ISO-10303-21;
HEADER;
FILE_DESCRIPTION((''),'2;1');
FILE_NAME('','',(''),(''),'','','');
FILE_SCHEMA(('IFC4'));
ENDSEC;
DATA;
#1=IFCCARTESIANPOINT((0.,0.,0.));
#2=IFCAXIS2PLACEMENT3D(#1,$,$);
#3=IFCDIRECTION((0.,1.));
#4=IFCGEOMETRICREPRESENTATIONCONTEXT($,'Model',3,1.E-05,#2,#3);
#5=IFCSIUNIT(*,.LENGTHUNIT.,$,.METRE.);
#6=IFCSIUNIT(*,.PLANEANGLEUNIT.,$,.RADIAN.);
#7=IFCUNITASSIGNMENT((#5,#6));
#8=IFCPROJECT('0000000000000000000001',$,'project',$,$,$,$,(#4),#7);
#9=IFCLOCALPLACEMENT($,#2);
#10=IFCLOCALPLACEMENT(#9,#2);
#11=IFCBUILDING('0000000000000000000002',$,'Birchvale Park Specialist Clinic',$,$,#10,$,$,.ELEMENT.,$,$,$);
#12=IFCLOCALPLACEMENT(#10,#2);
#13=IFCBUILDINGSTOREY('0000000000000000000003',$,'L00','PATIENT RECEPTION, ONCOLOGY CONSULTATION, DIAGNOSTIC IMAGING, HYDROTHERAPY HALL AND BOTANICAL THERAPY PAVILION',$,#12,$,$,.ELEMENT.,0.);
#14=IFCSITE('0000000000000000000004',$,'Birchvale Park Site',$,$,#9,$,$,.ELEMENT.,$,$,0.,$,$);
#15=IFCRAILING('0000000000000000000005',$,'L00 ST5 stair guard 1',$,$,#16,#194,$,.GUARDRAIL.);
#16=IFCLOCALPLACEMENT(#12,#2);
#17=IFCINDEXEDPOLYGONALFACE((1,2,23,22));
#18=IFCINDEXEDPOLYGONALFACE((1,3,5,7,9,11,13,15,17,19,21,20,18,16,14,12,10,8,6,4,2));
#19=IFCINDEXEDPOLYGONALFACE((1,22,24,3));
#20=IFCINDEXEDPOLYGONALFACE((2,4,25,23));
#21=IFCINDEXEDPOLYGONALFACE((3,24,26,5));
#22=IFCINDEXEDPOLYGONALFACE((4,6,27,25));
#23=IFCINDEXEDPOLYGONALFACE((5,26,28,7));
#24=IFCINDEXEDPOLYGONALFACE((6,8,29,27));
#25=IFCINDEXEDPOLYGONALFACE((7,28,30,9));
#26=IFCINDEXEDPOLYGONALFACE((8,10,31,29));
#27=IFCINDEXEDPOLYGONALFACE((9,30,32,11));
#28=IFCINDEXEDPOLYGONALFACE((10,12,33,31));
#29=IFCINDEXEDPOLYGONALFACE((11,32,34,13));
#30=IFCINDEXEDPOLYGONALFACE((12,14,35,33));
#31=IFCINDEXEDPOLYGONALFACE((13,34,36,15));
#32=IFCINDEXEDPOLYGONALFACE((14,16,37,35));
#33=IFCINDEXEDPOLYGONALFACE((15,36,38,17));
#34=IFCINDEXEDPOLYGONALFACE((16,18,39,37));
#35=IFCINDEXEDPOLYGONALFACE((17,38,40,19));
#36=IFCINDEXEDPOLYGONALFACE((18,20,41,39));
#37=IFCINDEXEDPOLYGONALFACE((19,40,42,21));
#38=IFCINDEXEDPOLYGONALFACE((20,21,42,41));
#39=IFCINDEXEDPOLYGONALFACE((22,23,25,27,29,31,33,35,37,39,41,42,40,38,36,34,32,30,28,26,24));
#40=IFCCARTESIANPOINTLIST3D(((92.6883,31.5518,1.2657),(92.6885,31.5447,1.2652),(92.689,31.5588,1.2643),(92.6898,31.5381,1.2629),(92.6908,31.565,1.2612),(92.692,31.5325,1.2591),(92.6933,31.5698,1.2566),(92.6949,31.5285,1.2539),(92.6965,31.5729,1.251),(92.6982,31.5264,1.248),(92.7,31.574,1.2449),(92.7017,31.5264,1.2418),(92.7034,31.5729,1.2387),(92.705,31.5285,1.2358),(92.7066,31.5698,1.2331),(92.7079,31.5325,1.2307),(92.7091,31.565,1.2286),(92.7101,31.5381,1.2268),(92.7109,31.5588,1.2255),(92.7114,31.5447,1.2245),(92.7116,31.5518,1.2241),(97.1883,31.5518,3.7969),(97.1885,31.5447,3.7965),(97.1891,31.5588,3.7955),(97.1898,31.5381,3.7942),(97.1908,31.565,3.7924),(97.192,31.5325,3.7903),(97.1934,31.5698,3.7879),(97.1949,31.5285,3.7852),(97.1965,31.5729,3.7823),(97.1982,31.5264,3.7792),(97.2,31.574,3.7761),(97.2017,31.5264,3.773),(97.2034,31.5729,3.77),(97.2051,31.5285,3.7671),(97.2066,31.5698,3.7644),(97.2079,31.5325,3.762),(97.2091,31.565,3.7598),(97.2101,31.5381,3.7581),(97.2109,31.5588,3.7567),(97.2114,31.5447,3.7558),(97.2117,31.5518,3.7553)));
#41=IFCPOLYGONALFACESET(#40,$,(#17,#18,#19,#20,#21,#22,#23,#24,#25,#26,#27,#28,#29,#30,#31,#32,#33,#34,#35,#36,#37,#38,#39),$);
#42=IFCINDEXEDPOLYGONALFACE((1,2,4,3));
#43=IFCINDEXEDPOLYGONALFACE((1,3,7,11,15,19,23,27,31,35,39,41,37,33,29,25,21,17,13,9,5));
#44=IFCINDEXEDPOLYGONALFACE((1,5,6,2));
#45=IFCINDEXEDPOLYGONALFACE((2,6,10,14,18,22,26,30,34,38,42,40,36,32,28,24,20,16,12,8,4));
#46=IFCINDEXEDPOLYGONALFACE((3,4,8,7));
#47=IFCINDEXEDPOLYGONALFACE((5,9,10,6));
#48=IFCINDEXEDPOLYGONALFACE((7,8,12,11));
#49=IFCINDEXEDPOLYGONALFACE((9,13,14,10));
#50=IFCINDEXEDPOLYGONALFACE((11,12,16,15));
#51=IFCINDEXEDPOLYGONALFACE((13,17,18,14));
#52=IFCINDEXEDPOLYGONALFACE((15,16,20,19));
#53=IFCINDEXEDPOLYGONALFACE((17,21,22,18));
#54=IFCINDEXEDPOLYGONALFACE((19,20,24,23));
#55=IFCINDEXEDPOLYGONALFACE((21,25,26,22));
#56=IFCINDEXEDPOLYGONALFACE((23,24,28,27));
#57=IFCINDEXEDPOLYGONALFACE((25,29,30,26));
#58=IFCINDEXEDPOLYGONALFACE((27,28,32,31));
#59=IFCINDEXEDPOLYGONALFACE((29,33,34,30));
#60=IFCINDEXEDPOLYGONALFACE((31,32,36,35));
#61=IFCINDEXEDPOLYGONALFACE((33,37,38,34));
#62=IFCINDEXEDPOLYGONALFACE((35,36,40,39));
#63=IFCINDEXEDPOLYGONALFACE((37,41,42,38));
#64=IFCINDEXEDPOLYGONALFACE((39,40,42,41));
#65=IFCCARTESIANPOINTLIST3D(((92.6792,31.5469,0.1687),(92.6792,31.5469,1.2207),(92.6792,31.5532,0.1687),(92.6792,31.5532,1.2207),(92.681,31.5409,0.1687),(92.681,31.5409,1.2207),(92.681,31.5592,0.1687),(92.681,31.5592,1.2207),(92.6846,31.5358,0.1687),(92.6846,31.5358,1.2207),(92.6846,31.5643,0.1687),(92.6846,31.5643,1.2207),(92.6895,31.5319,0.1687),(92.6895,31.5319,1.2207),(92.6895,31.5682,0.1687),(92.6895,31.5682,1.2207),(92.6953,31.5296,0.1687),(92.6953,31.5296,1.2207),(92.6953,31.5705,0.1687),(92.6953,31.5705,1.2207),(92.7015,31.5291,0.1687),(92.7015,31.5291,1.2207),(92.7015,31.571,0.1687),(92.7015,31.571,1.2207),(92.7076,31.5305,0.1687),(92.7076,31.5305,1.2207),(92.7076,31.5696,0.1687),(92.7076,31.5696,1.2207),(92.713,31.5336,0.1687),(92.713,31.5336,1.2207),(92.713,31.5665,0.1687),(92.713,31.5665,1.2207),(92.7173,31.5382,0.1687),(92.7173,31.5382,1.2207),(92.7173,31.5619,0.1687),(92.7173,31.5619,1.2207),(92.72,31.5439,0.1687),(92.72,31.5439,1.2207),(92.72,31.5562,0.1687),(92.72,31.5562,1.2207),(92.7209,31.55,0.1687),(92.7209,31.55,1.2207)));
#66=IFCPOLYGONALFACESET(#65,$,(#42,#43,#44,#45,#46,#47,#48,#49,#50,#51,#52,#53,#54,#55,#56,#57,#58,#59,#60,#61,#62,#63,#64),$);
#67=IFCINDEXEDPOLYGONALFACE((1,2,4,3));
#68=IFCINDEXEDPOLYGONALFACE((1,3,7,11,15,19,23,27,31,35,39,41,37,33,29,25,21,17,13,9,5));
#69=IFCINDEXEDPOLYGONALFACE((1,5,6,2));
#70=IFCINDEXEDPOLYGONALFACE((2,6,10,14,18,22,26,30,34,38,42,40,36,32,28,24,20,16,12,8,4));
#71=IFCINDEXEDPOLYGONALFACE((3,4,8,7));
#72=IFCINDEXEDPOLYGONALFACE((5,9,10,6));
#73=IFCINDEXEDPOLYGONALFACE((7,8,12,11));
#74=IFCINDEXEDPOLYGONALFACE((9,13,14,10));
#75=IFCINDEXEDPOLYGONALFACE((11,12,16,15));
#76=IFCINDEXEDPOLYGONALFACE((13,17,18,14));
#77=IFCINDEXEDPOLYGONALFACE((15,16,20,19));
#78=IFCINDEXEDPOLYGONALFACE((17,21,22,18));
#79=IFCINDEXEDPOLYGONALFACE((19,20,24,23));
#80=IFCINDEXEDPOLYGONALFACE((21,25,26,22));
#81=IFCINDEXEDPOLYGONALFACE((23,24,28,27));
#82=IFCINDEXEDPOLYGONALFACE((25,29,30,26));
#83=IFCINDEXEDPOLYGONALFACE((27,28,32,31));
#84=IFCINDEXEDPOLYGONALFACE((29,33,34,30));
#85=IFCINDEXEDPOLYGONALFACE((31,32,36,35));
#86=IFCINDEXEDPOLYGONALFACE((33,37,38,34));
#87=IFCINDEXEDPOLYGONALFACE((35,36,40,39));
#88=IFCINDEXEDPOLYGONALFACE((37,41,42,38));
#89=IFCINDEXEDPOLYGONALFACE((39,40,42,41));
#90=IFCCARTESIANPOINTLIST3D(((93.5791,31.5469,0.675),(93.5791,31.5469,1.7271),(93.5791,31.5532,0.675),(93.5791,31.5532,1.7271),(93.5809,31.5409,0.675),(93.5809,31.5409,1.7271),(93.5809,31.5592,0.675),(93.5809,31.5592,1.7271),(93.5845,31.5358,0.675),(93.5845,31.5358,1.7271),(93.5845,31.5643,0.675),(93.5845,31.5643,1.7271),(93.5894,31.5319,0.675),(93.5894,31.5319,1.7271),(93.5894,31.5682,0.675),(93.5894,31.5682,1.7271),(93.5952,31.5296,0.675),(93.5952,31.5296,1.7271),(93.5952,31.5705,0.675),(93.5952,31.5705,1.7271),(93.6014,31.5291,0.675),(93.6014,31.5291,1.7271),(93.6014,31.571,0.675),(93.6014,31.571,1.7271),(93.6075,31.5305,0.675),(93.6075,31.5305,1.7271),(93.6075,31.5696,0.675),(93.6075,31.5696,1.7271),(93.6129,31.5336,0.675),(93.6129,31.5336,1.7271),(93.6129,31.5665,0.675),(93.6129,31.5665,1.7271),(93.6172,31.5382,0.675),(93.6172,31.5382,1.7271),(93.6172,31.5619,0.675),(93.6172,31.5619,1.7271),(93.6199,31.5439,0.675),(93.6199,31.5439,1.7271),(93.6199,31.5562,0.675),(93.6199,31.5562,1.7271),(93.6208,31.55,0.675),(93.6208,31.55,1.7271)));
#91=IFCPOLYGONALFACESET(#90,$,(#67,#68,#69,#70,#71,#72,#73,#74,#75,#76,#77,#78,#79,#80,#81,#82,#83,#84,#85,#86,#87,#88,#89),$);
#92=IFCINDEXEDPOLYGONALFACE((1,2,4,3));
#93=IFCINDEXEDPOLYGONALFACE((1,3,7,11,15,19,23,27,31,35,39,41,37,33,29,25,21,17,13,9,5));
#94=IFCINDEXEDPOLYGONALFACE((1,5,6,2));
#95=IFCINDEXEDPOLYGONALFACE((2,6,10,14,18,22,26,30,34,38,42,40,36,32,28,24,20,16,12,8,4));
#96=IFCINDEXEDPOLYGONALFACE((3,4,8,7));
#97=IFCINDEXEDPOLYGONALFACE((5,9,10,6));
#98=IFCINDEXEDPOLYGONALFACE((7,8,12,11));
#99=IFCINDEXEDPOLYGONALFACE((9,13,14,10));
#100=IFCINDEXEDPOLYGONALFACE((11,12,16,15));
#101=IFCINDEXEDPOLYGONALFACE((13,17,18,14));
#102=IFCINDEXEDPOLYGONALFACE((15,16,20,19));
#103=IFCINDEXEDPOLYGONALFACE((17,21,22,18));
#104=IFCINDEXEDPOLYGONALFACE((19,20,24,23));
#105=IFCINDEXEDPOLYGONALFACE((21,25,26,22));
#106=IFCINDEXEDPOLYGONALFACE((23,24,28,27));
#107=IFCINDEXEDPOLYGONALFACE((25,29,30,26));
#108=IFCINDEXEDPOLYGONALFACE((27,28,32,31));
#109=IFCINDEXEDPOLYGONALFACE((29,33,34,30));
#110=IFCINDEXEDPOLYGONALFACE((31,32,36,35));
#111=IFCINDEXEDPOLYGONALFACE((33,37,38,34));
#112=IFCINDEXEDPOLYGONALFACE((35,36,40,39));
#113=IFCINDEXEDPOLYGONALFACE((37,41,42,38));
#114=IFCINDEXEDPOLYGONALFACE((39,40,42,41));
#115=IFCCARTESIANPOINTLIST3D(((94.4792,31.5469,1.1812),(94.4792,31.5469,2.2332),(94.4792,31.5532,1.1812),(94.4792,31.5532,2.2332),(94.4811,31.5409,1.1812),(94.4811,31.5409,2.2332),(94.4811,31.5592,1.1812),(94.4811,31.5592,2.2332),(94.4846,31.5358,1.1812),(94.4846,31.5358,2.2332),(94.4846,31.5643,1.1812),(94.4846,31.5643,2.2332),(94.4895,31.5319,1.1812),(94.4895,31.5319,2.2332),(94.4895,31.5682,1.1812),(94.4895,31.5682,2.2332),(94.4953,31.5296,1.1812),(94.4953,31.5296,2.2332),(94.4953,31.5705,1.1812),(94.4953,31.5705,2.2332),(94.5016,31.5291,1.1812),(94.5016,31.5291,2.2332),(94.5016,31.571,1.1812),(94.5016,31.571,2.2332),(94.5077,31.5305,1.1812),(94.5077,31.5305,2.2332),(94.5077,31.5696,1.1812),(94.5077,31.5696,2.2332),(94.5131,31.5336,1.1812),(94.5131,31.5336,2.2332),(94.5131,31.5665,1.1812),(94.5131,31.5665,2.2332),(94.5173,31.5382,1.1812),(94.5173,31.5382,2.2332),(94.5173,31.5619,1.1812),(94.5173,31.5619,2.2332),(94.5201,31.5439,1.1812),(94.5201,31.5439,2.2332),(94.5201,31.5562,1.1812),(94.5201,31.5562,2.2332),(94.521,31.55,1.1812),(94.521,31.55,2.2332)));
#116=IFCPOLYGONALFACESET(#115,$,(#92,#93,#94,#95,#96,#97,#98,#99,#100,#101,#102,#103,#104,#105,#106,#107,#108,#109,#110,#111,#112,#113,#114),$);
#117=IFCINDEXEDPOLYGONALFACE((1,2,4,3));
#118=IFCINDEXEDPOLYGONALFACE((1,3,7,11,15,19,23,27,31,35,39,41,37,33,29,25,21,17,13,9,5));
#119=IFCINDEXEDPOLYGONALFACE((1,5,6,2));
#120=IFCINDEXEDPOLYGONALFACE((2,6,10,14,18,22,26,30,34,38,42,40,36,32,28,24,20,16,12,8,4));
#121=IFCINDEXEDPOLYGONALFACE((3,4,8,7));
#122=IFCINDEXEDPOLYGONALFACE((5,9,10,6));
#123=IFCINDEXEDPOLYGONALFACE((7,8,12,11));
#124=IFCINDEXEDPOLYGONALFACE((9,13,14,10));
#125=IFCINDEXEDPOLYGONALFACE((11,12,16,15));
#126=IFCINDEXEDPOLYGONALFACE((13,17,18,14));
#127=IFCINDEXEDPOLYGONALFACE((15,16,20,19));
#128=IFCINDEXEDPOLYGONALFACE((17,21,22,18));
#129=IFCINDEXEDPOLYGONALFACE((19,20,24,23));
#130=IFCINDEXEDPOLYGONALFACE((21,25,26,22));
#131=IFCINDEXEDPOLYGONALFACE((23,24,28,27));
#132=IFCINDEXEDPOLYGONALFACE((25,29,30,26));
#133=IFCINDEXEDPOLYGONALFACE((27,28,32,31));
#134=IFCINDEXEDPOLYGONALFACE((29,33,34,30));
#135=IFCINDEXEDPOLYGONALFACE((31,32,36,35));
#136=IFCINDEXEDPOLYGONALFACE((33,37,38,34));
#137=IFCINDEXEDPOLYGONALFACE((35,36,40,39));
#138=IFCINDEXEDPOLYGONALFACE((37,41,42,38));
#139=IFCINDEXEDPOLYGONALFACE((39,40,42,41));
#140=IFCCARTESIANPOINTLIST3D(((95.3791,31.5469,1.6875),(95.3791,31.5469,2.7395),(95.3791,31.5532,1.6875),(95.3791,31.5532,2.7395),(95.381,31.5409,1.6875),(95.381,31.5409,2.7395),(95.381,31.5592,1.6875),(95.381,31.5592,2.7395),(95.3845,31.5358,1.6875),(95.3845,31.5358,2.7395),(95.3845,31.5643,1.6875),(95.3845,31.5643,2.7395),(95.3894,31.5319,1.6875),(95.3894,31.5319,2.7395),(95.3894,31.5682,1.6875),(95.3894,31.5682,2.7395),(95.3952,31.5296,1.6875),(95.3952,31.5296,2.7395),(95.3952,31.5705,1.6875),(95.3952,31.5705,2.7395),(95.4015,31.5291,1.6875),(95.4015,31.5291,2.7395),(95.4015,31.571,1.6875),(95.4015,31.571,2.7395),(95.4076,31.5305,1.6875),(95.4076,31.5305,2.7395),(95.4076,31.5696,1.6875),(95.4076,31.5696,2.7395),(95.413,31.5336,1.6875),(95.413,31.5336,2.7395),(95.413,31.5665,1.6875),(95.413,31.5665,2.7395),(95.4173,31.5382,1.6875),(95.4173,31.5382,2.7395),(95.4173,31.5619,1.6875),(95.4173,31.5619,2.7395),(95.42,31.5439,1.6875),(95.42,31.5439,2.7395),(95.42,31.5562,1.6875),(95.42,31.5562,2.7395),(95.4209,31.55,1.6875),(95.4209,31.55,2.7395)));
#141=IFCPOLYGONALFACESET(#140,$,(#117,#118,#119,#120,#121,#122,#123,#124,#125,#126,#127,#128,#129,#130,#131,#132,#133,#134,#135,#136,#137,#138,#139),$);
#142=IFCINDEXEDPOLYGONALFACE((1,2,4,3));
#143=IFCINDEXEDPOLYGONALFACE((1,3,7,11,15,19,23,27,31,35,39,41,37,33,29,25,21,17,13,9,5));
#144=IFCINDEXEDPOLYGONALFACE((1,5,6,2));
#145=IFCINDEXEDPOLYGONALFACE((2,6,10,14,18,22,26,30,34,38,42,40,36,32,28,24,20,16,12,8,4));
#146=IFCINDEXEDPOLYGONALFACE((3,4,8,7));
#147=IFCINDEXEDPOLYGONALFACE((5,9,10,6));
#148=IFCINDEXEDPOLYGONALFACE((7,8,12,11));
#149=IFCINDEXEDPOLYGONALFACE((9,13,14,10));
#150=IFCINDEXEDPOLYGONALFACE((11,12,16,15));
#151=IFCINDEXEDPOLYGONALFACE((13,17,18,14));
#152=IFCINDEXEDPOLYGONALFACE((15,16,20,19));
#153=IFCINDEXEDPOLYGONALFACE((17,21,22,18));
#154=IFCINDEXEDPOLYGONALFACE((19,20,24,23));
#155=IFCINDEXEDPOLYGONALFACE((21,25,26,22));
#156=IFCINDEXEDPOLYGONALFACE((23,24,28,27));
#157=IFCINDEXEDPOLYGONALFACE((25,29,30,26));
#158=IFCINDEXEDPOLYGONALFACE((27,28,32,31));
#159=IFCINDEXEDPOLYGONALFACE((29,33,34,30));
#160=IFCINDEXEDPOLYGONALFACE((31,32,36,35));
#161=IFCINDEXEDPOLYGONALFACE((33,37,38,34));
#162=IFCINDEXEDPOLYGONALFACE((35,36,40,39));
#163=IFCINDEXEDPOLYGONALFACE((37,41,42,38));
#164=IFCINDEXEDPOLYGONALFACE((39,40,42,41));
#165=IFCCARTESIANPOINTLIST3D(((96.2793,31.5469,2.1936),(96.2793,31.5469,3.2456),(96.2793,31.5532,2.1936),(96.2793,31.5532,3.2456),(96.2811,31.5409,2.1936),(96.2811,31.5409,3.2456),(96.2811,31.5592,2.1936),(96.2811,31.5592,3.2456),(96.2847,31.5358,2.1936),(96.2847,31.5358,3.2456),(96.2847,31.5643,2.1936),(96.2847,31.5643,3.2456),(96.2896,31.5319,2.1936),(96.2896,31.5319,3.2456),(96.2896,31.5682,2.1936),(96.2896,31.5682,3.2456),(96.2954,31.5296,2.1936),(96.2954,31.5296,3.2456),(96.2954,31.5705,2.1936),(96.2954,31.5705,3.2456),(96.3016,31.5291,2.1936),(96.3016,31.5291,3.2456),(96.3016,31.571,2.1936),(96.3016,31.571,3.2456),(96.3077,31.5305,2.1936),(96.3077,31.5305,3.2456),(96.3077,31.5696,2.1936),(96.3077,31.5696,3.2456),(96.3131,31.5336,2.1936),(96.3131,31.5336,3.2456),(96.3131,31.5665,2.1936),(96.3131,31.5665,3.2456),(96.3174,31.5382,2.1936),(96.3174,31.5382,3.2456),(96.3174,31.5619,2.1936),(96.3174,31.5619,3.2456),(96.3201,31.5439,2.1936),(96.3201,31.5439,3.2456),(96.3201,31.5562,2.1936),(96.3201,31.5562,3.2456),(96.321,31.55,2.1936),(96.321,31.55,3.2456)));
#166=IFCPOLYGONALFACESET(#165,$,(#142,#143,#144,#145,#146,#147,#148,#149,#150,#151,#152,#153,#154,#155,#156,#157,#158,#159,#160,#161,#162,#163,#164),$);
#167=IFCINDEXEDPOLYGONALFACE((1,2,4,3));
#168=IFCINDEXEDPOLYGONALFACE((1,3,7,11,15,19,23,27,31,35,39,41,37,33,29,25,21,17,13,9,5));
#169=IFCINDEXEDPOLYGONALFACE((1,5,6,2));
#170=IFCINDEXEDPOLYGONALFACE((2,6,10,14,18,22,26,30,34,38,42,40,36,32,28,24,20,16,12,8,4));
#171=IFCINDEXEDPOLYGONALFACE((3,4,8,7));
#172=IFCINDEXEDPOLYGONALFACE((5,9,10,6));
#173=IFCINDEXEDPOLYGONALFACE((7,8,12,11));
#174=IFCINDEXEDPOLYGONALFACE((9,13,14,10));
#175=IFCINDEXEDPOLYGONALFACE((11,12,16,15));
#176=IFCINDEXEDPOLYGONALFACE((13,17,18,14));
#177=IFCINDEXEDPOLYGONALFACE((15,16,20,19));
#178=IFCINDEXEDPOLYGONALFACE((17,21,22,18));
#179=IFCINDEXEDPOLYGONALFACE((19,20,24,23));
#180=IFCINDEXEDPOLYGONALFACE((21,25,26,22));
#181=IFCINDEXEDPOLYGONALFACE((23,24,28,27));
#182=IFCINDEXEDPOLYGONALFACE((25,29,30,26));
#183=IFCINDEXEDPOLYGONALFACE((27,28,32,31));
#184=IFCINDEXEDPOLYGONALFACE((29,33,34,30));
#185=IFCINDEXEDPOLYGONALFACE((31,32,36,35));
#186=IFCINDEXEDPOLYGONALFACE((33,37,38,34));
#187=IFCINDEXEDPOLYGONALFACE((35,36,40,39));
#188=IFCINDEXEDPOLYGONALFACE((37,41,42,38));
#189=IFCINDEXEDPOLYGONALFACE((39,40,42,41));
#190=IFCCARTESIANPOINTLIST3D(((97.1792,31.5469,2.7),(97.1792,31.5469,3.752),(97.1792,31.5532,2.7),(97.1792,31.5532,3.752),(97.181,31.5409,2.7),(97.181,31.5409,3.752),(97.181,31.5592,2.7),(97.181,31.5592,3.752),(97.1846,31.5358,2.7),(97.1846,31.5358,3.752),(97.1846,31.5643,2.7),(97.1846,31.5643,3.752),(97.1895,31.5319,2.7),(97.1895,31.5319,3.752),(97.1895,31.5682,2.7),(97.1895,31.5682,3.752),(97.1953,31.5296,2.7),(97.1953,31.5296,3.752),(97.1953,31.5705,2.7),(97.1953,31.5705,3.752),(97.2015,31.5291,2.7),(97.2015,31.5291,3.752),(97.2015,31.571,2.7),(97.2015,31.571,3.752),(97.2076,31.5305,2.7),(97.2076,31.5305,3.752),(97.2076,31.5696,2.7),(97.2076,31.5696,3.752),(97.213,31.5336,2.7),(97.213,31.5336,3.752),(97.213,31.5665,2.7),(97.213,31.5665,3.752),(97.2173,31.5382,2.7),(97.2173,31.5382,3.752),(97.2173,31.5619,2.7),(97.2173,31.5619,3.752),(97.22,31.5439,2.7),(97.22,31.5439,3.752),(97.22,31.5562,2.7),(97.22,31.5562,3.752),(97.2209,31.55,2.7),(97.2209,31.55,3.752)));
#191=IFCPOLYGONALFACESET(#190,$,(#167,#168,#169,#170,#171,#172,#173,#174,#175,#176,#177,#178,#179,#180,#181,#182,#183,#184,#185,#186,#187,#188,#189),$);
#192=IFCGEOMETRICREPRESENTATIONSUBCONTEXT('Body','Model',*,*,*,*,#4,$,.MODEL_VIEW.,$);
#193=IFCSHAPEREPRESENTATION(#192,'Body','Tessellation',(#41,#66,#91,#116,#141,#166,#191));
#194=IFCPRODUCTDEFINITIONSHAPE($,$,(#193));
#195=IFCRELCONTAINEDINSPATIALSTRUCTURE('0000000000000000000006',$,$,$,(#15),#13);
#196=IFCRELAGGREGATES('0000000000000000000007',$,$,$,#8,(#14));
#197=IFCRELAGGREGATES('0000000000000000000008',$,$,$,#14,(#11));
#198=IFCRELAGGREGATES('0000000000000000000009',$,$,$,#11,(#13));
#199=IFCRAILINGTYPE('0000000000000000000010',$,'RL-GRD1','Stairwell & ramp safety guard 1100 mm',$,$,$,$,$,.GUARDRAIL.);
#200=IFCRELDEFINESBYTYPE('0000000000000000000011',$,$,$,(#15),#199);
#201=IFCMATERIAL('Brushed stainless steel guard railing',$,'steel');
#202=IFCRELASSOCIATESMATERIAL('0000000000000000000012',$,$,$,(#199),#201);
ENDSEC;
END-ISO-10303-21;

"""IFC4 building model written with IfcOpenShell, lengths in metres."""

from ifc_helpers import new_model, si_unit, direction, frame, origin, origin_2d, place, context, subcontext, project, spatial, circle, extrude, material, type_object, element, save


model = new_model("IFC4")

# Units and contexts
model_context = context("Model", 3, precision=1e-05, world=origin(), true_north=direction((0.0, 1.0)))
body_context = subcontext(model_context, "Body", "Model", "MODEL_VIEW")
ifc_project = project(units=[si_unit("LENGTHUNIT", "METRE"), si_unit("PLANEANGLEUNIT", "RADIAN")], contexts=[model_context])

# Site, building, storey
site_placement = place(None, origin())
site = spatial("IfcSite", under=ifc_project, at=site_placement, Name="Birchvale Park Site", CompositionType="ELEMENT", RefElevation=0.0)
building_placement = place(site_placement, origin())
building = spatial("IfcBuilding", under=site, at=building_placement, Name="Birchvale Park Specialist Clinic", CompositionType="ELEMENT")
storey_placement = place(building_placement, origin())
storey = spatial("IfcBuildingStorey", under=building, at=storey_placement, Name="L00", Description="PATIENT RECEPTION, ONCOLOGY CONSULTATION, DIAGNOSTIC IMAGING, HYDROTHERAPY HALL AND BOTANICAL THERAPY PAVILION", CompositionType="ELEMENT", Elevation=0.0)

# Railing
ifc_material_1 = material(Name="Brushed stainless steel guard railing", Category="steel")
railing_type_1 = type_object("IfcRailingType", Name="RL-GRD1", Description="Stairwell & ramp safety guard 1100 mm", PredefinedType="GUARDRAIL", material=ifc_material_1)
railing_1_placement = place(storey_placement, frame((92.7, 31.55, 0.1687)))
element("IfcRailing", 1, at=railing_1_placement, inside=storey, type_object=railing_type_1, Name="L00 ST5 stair guard 1", PredefinedType="GUARDRAIL", context=body_context, shape_type="SweptSolid", body=[
    extrude(circle(Radius=0.0239, at=origin_2d()), frame((0.0, 0.0, 1.0762), z_axis=(0.871576, 0.0, 0.490261), x_axis=(0.0, 1.0, 0.0)), (0.0, 0.0, 1.0), 5.1631),
    extrude(circle(Radius=0.021, at=origin_2d()), origin(), (0.0, 0.0, 1.0), 1.052),
    extrude(circle(Radius=0.021, at=origin_2d()), frame((0.8999, 0.0, 0.5063)), (0.0, 0.0, 1.0), 1.052),
    extrude(circle(Radius=0.021, at=origin_2d()), frame((1.8, 0.0, 1.0125)), (0.0, 0.0, 1.0), 1.052),
    extrude(circle(Radius=0.021, at=origin_2d()), frame((2.7, 0.0, 1.5188)), (0.0, 0.0, 1.0), 1.052),
    extrude(circle(Radius=0.021, at=origin_2d()), frame((3.6001, 0.0, 2.0249)), (0.0, 0.0, 1.0), 1.052),
    extrude(circle(Radius=0.021, at=origin_2d()), frame((4.5, 0.0, 2.5312)), (0.0, 0.0, 1.0), 1.052),
])

save(model, "model.ifc")
